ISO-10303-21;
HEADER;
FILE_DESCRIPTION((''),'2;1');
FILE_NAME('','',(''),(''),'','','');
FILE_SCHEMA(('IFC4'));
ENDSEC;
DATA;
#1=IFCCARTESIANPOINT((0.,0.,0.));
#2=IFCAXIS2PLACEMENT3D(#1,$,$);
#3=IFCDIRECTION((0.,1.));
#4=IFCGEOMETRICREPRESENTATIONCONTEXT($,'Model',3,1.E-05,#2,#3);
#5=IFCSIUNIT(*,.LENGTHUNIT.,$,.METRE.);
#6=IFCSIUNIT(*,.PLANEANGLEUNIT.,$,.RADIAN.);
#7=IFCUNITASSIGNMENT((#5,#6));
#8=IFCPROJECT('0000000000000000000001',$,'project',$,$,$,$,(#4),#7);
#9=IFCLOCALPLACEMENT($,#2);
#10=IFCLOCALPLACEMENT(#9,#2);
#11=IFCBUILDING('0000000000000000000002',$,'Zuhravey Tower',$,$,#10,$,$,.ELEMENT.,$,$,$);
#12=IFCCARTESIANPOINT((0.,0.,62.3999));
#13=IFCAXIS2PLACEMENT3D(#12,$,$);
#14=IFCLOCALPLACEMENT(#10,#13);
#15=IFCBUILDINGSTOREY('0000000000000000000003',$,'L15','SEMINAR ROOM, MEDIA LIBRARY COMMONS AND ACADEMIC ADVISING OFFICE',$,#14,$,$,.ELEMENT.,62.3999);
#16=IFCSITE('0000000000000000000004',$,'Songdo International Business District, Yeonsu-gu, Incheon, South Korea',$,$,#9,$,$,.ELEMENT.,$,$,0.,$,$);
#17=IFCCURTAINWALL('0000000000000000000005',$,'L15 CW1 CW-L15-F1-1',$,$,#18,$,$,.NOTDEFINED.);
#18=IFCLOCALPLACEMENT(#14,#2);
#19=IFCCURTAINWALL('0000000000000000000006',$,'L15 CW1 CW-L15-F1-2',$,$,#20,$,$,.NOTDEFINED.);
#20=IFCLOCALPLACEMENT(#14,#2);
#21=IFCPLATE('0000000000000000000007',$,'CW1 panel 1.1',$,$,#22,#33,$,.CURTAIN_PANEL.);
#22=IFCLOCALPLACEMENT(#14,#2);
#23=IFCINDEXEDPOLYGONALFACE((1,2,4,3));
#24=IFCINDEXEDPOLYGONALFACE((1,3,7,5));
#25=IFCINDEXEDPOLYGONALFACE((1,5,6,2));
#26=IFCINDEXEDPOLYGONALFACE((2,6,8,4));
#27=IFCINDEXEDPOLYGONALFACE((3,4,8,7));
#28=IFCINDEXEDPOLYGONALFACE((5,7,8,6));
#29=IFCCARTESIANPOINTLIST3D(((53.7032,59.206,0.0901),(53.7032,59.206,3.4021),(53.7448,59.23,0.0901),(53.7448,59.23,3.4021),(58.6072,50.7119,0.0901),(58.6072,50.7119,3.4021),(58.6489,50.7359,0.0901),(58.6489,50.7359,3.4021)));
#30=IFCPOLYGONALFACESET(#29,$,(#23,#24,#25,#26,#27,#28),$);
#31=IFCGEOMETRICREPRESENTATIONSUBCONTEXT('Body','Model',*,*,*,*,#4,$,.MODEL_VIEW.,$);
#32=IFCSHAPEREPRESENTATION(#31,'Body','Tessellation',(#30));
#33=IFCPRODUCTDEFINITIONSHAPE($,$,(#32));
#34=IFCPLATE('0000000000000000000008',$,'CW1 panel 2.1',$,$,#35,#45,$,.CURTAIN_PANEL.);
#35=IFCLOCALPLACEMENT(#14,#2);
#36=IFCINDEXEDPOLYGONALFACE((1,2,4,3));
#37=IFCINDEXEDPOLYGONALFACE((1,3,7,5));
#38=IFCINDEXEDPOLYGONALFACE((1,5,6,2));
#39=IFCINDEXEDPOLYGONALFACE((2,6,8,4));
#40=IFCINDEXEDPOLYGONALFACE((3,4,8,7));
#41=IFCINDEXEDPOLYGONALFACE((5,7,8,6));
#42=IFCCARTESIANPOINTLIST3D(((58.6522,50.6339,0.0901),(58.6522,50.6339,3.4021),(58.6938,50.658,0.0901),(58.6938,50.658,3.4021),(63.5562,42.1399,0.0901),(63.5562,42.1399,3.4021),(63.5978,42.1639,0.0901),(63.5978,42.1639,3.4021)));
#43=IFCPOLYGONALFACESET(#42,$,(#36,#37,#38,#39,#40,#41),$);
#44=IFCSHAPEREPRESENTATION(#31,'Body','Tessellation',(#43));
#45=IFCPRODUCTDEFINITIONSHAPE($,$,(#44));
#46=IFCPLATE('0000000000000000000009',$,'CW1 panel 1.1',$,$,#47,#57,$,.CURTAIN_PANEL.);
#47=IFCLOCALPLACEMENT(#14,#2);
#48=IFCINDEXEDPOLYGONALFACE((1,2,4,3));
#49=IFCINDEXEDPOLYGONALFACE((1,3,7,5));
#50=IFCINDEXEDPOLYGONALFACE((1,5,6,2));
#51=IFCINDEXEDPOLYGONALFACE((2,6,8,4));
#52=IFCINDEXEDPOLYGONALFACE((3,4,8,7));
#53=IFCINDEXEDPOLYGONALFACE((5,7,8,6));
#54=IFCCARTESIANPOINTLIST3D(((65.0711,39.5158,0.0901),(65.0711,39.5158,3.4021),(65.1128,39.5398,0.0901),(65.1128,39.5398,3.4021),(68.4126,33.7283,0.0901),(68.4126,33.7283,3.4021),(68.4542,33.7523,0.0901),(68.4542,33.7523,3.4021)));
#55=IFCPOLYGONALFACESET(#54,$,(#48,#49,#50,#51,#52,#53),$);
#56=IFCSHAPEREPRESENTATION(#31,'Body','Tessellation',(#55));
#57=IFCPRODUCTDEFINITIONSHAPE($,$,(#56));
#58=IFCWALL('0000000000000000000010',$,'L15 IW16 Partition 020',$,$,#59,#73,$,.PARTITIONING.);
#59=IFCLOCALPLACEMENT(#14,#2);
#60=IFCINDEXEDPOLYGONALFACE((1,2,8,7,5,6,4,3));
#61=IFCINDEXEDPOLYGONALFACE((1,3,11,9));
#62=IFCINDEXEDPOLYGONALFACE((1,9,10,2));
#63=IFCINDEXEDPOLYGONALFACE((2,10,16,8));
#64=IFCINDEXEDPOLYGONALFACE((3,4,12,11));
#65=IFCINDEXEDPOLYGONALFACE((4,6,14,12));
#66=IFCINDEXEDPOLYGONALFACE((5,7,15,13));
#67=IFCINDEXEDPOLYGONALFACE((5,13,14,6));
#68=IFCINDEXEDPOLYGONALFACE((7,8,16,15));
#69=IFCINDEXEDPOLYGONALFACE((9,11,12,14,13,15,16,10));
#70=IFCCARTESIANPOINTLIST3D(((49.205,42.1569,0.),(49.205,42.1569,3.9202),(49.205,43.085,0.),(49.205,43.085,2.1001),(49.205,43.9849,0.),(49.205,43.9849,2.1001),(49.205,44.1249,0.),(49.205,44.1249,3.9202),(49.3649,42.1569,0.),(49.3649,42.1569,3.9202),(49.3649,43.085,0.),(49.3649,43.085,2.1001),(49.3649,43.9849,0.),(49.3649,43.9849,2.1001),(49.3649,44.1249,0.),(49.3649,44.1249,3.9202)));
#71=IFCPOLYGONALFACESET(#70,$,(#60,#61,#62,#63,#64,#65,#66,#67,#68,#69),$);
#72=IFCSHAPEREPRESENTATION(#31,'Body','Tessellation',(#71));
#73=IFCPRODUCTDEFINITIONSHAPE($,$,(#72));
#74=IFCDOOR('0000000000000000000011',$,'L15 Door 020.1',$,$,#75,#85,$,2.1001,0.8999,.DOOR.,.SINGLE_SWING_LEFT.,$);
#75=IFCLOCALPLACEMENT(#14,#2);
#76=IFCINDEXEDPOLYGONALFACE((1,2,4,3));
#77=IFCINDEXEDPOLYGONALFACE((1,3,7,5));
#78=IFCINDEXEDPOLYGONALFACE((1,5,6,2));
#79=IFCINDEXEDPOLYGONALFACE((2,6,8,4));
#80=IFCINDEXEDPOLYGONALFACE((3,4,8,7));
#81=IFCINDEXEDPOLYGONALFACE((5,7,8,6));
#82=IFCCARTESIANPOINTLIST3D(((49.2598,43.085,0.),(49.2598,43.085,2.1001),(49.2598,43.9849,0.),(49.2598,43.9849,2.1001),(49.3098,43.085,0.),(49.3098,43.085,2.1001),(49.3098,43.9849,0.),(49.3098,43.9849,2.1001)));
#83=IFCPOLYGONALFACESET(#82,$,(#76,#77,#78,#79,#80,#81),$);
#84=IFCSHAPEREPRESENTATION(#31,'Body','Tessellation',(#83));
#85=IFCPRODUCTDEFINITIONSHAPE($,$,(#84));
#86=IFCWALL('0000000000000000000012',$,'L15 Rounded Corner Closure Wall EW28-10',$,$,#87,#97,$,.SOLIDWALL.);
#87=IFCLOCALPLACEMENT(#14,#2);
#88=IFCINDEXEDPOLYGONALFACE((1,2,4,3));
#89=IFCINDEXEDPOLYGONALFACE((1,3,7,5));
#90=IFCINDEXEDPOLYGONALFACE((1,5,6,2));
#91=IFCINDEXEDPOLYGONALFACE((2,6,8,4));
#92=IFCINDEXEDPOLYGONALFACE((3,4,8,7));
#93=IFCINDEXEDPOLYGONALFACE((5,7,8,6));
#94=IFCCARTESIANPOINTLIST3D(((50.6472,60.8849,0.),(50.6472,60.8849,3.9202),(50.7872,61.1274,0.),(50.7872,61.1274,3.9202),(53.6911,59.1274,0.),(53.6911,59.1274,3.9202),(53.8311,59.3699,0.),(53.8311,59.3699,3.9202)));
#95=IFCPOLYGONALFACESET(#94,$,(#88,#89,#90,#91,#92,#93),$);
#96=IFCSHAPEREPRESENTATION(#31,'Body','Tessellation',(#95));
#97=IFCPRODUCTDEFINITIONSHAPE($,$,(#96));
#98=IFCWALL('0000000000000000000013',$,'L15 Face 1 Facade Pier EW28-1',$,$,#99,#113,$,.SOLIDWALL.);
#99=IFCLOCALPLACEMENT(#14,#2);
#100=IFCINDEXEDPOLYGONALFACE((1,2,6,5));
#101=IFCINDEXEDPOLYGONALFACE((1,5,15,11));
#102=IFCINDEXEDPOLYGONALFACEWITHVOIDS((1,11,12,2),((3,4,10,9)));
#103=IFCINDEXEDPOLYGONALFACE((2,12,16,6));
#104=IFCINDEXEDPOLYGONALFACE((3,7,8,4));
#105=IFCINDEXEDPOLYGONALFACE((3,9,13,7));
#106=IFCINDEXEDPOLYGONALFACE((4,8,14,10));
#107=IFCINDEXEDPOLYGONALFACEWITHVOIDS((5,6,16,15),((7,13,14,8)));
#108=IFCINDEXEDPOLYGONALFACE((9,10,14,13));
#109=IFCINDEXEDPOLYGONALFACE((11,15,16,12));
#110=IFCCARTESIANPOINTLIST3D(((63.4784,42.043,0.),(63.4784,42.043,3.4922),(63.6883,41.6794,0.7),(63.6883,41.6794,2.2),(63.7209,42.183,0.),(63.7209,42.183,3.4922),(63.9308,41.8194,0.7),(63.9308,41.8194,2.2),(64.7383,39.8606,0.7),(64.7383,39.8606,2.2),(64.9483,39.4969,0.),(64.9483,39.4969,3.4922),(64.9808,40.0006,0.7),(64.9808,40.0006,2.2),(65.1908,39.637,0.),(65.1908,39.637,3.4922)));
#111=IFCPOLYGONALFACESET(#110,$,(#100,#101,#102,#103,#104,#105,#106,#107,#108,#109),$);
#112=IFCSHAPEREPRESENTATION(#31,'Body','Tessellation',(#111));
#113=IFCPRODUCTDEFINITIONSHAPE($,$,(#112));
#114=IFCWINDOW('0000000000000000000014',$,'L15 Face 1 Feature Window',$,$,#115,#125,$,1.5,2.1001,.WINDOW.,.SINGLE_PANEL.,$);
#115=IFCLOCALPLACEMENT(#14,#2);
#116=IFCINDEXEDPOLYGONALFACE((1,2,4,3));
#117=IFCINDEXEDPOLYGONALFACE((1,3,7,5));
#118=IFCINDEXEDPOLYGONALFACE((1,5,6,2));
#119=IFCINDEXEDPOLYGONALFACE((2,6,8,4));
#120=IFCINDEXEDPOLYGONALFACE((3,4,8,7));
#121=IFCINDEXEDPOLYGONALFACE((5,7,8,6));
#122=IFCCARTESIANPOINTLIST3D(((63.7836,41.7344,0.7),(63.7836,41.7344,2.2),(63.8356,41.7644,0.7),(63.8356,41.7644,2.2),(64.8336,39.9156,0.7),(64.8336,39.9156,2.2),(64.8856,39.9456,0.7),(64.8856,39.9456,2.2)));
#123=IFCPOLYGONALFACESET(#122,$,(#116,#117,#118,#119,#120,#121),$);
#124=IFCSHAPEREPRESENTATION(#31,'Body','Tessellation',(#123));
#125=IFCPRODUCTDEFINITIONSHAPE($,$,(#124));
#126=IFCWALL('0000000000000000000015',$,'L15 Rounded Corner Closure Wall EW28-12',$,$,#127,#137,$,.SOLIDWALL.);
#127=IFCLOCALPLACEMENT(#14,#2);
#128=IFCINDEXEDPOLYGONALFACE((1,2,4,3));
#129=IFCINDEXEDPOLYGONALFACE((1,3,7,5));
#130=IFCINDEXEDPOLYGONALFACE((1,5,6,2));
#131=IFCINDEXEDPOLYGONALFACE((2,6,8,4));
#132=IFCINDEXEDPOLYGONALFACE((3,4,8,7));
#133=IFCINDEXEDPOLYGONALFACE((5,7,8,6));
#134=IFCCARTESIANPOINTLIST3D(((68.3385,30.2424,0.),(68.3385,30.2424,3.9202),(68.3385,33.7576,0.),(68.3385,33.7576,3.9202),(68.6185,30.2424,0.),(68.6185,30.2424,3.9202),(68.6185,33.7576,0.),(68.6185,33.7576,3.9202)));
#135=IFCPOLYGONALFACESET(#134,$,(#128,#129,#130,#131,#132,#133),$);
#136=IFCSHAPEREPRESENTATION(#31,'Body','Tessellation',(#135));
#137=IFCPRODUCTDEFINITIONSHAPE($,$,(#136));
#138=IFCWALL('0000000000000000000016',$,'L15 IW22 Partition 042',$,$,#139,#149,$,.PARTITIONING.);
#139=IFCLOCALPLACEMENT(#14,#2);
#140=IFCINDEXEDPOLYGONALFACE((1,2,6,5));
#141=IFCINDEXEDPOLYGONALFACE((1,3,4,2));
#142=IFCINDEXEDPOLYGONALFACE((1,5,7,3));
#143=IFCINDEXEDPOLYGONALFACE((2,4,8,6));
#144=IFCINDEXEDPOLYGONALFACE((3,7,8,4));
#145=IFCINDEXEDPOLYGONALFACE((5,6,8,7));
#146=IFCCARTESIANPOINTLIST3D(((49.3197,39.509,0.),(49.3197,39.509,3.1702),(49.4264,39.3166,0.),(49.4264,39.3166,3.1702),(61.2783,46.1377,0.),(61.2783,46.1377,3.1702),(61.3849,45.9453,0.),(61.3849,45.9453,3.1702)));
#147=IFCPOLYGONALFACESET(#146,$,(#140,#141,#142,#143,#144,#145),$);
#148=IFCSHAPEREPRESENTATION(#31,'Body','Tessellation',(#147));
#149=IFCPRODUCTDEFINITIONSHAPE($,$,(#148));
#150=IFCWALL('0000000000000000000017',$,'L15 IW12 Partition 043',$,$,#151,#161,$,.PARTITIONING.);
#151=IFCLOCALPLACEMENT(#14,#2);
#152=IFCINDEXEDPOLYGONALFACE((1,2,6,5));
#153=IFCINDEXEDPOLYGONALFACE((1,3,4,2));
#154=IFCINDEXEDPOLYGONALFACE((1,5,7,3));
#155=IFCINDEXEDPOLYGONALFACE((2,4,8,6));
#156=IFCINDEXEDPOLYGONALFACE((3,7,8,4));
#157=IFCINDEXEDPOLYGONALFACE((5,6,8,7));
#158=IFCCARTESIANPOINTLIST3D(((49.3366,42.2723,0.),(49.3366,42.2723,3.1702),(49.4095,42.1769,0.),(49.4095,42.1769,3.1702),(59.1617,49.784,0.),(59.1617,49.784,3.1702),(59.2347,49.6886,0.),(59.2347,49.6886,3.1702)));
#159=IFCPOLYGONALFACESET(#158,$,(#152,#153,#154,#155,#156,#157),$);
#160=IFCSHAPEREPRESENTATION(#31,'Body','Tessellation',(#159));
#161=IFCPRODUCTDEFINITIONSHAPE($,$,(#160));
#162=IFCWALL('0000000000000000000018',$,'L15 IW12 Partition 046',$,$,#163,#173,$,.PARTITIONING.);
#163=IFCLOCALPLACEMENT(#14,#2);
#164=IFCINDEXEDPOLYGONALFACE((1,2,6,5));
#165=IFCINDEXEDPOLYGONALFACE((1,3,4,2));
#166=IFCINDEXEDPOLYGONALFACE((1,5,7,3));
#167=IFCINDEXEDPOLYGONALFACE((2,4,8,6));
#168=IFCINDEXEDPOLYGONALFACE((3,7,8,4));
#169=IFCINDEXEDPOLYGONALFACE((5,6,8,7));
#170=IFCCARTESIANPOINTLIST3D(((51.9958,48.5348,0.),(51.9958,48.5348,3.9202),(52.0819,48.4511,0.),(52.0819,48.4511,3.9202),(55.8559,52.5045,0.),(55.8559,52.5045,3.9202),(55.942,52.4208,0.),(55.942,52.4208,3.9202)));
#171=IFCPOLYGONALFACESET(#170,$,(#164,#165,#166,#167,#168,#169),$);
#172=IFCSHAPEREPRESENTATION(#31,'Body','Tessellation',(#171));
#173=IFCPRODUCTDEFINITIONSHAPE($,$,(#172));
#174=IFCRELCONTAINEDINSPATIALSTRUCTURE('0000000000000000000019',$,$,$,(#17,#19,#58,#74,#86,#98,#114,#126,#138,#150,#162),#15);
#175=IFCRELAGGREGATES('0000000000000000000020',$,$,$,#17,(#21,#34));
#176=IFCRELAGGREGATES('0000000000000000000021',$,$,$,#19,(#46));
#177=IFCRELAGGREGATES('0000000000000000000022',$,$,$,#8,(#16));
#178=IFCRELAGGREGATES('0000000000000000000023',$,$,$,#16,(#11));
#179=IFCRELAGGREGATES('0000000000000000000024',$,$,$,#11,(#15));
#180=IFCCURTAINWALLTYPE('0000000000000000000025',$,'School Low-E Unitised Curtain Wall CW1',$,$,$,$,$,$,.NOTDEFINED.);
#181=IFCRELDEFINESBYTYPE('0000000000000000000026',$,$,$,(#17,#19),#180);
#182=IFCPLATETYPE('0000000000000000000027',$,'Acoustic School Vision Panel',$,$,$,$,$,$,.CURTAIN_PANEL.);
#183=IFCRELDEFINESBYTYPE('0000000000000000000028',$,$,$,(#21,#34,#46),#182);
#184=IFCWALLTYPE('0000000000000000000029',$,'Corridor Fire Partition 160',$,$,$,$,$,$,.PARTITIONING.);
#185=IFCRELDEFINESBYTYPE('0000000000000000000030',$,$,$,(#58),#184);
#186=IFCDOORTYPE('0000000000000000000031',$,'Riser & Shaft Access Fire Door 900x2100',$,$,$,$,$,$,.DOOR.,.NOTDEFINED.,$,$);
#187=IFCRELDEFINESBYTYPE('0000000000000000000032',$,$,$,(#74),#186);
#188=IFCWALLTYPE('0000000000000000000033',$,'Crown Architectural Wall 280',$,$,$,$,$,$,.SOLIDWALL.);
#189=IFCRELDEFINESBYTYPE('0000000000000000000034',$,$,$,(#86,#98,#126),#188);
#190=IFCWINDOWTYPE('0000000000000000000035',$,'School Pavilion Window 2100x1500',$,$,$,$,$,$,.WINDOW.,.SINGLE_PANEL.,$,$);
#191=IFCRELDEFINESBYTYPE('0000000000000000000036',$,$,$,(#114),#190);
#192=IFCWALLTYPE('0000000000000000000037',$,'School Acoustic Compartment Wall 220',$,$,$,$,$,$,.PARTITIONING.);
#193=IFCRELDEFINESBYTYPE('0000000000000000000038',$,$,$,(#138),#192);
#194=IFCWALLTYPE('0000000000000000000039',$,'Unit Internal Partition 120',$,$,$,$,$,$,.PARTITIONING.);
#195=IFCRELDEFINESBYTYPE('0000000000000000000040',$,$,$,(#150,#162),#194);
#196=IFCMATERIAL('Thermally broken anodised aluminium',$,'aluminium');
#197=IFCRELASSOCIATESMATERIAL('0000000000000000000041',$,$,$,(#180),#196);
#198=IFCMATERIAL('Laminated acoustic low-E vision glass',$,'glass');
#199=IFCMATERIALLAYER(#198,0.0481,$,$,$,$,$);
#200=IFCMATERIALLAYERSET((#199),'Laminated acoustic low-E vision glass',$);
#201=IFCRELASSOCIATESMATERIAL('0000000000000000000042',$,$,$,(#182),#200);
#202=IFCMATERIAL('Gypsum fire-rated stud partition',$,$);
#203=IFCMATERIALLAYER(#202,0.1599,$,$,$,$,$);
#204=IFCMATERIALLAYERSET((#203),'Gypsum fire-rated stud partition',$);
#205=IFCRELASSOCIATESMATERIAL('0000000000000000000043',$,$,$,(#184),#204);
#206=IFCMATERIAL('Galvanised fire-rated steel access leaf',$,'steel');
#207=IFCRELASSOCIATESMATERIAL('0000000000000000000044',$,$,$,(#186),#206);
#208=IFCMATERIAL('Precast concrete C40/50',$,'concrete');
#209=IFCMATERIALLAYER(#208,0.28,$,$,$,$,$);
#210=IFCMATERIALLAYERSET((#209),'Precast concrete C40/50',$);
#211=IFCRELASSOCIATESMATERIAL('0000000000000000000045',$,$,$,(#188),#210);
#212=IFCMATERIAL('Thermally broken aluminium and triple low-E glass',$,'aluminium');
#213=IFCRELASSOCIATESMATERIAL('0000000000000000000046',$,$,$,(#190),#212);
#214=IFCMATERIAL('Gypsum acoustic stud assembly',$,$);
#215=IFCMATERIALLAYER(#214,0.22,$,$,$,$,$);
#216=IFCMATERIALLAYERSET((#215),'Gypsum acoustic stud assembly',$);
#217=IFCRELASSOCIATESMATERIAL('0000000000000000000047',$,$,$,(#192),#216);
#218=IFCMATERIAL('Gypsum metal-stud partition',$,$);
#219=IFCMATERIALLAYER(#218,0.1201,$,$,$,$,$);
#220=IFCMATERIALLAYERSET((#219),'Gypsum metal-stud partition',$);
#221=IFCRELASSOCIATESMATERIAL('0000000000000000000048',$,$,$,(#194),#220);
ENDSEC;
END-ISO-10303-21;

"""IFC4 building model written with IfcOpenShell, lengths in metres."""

from ifc_helpers import new_model, si_unit, direction, frame, frame_2d, origin, origin_2d, place, context, subcontext, project, spatial, rectangle, extrude, material, layer, layer_set, type_object, element, fill, aggregate, save


model = new_model("IFC4")

# Units and contexts
model_context = context("Model", 3, precision=1e-05, world=origin(), true_north=direction((0.0, 1.0)))
body_context = subcontext(model_context, "Body", "Model", "MODEL_VIEW")
ifc_project = project(units=[si_unit("LENGTHUNIT", "METRE"), si_unit("PLANEANGLEUNIT", "RADIAN")], contexts=[model_context])

# Site, building, storey
site_placement = place(None, origin())
site = spatial("IfcSite", under=ifc_project, at=site_placement, Name="Songdo International Business District, Yeonsu-gu, Incheon, South Korea", CompositionType="ELEMENT", RefElevation=0.0)
building_placement = place(site_placement, origin())
building = spatial("IfcBuilding", under=site, at=building_placement, Name="Zuhravey Tower", CompositionType="ELEMENT")
storey_placement = place(building_placement, frame((0.0, 0.0, 62.3999)))
storey = spatial("IfcBuildingStorey", under=building, at=storey_placement, Name="L15", Description="SEMINAR ROOM, MEDIA LIBRARY COMMONS AND ACADEMIC ADVISING OFFICE", CompositionType="ELEMENT", Elevation=62.3999)

# Shared definitions
ifc_material_1 = material(Name="Thermally broken anodised aluminium", Category="aluminium")
curtain_wall_type = type_object("IfcCurtainWallType", Name="School Low-E Unitised Curtain Wall CW1", PredefinedType="NOTDEFINED", material=ifc_material_1)

# Curtain walls
curtain_wall_1_placement = place(storey_placement, origin())
curtain_wall_1 = element("IfcCurtainWall", 1, at=curtain_wall_1_placement, inside=storey, type_object=curtain_wall_type, Name="L15 CW1 CW-L15-F1-1", PredefinedType="NOTDEFINED")
curtain_wall_2_placement = place(storey_placement, origin())
curtain_wall_2 = element("IfcCurtainWall", 2, at=curtain_wall_2_placement, inside=storey, type_object=curtain_wall_type, Name="L15 CW1 CW-L15-F1-2", PredefinedType="NOTDEFINED")

# Plates
ifc_material_2 = material(Name="Laminated acoustic low-E vision glass", Category="glass")
ifc_layer_1 = layer(ifc_material_2, 0.0481)
ifc_layer_set_1 = layer_set([ifc_layer_1], Name="Laminated acoustic low-E vision glass")
plate_type = type_object("IfcPlateType", Name="Acoustic School Vision Panel", PredefinedType="CURTAIN_PANEL", material=ifc_layer_set_1)
plate_1_placement = place(storey_placement, frame((56.176, 54.9709, 0.0901), z_axis=(0.0, 0.0, 1.0), x_axis=(0.499999, -0.866026, 0.0)))
plate_1 = element("IfcPlate", 3, at=plate_1_placement, type_object=plate_type, Name="CW1 panel 1.1", PredefinedType="CURTAIN_PANEL", context=body_context, shape_type="SweptSolid", body=[
    extrude(rectangle(XDim=9.8081, YDim=0.0481, at=origin_2d()), origin(), (0.0, 0.0, 1.0), 3.312),
])
plate_2_placement = place(storey_placement, frame((61.125, 46.3989, 0.0901), z_axis=(0.0, 0.0, 1.0), x_axis=(0.499999, -0.866026, 0.0)))
plate_2 = element("IfcPlate", 4, at=plate_2_placement, type_object=plate_type, Name="CW1 panel 2.1", PredefinedType="CURTAIN_PANEL", context=body_context, shape_type="SweptSolid", body=[
    extrude(rectangle(XDim=9.8081, YDim=0.0481, at=origin_2d()), origin(), (0.0, 0.0, 1.0), 3.312),
])
aggregate(curtain_wall_1, [plate_1, plate_2])
plate_3_placement = place(storey_placement, frame((66.7627, 36.634, 0.0901), z_axis=(0.0, 0.0, 1.0), x_axis=(0.500004, -0.866023, 0.0)))
plate_3 = element("IfcPlate", 5, at=plate_3_placement, type_object=plate_type, Name="CW1 panel 1.1", PredefinedType="CURTAIN_PANEL", context=body_context, shape_type="SweptSolid", body=[
    extrude(rectangle(XDim=6.6829, YDim=0.0481, at=origin_2d()), origin(), (0.0, 0.0, 1.0), 3.312),
])
aggregate(curtain_wall_2, [plate_3])

# Wall, opening, door
ifc_material_3 = material(Name="Gypsum fire-rated stud partition")
ifc_layer_2 = layer(ifc_material_3, 0.1599)
ifc_layer_set_2 = layer_set([ifc_layer_2], Name="Gypsum fire-rated stud partition")
wall_type_1 = type_object("IfcWallType", Name="Corridor Fire Partition 160", PredefinedType="PARTITIONING", material=ifc_layer_set_2)
wall_1_placement = place(storey_placement, frame((49.2849, 42.157, 0.0), z_axis=(0.0, 0.0, 1.0), x_axis=(0.0, 1.0, 0.0)))
wall_1 = element("IfcWall", 6, at=wall_1_placement, inside=storey, type_object=wall_type_1, Name="L15 IW16 Partition 020", PredefinedType="PARTITIONING", context=body_context, shape_type="SweptSolid", body=[
    extrude(rectangle(XDim=1.968, YDim=0.1599, at=frame_2d((0.9839, 0.0))), origin(), (0.0, 0.0, 1.0), 3.9202),
])
opening_1_placement = place(wall_1_placement, frame((0.928, 0.0, 0.0)))
opening_1 = element("IfcOpeningElement", 7, at=opening_1_placement, cuts=wall_1, PredefinedType="OPENING", context=body_context, shape_type="SweptSolid", body=[
    extrude(rectangle(XDim=0.8999, YDim=2.1001, at=frame_2d((0.45, 1.05))), frame((0.0, 0.092, 0.0), z_axis=(0.0, -1.0, 0.0), x_axis=(1.0, 0.0, 0.0)), (0.0, 0.0, 1.0), 0.1838),
])
ifc_material_4 = material(Name="Galvanised fire-rated steel access leaf", Category="steel")
door_type = type_object("IfcDoorType", Name="Riser & Shaft Access Fire Door 900x2100", OperationType="NOTDEFINED", PredefinedType="DOOR", material=ifc_material_4)
door_placement = place(opening_1_placement, frame((0.8999, 0.0, 0.0), z_axis=(0.0, 0.0, 1.0), x_axis=(-1.0, 0.0, 0.0)))
door = element("IfcDoor", 8, at=door_placement, inside=storey, type_object=door_type, Name="L15 Door 020.1", OperationType="SINGLE_SWING_LEFT", OverallHeight=2.1001, OverallWidth=0.8999, PredefinedType="DOOR", context=body_context, shape_type="SweptSolid", body=[
    extrude(rectangle(XDim=0.8999, YDim=2.1001, at=frame_2d((0.45, 1.05))), frame((0.0, 0.0249, 0.0), z_axis=(0.0, -1.0, 0.0), x_axis=(1.0, 0.0, 0.0)), (0.0, 0.0, 1.0), 0.05),
])
fill(opening_1, door)

# Wall
ifc_material_5 = material(Name="Precast concrete C40/50", Category="concrete")
ifc_layer_3 = layer(ifc_material_5, 0.28)
ifc_layer_set_3 = layer_set([ifc_layer_3], Name="Precast concrete C40/50")
wall_type_2 = type_object("IfcWallType", Name="Crown Architectural Wall 280", PredefinedType="SOLIDWALL", material=ifc_layer_set_3)
wall_2_placement = place(storey_placement, frame((50.7173, 61.0061, 0.0), z_axis=(0.0, 0.0, 1.0), x_axis=(0.866007, -0.500031, 0.0)))
element("IfcWall", 9, at=wall_2_placement, inside=storey, type_object=wall_type_2, Name="L15 Rounded Corner Closure Wall EW28-10", PredefinedType="SOLIDWALL", context=body_context, shape_type="SweptSolid", body=[
    extrude(rectangle(XDim=3.5149, YDim=0.28, at=frame_2d((1.7573, 0.0))), origin(), (0.0, 0.0, 1.0), 3.9202),
])

# Wall, opening, window
wall_3_placement = place(storey_placement, frame((63.5996, 42.113, 0.0), z_axis=(0.0, 0.0, 1.0), x_axis=(0.499988, -0.866032, 0.0)))
wall_3 = element("IfcWall", 10, at=wall_3_placement, inside=storey, type_object=wall_type_2, Name="L15 Face 1 Facade Pier EW28-1", PredefinedType="SOLIDWALL", context=body_context, shape_type="SweptSolid", body=[
    extrude(rectangle(XDim=2.9399, YDim=0.28, at=frame_2d((1.47, 0.0))), origin(), (0.0, 0.0, 1.0), 3.4922),
])
opening_2_placement = place(wall_3_placement, frame((0.4199, 0.0, 0.7)))
opening_2 = element("IfcOpeningElement", 11, at=opening_2_placement, cuts=wall_3, PredefinedType="OPENING", context=body_context, shape_type="SweptSolid", body=[
    extrude(rectangle(XDim=2.1001, YDim=1.5, at=frame_2d((1.05, 0.75))), frame((0.0, 0.1521, 0.0), z_axis=(0.0, -1.0, 0.0), x_axis=(1.0, 0.0, 0.0)), (0.0, 0.0, 1.0), 0.304),
])
ifc_material_6 = material(Name="Thermally broken aluminium and triple low-E glass", Category="aluminium")
window_type = type_object("IfcWindowType", Name="School Pavilion Window 2100x1500", PartitioningType="SINGLE_PANEL", PredefinedType="WINDOW", material=ifc_material_6)
window_placement = place(opening_2_placement, origin())
window = element("IfcWindow", 12, at=window_placement, inside=storey, type_object=window_type, Name="L15 Face 1 Feature Window", OverallHeight=1.5, OverallWidth=2.1001, PartitioningType="SINGLE_PANEL", PredefinedType="WINDOW", context=body_context, shape_type="SweptSolid", body=[
    extrude(rectangle(XDim=2.1001, YDim=1.5, at=frame_2d((1.05, 0.75))), frame((0.0, 0.03, 0.0), z_axis=(0.0, -1.0, 0.0), x_axis=(1.0, 0.0, 0.0)), (0.0, 0.0, 1.0), 0.0601),
])
fill(opening_2, window)

# Walls
wall_4_placement = place(storey_placement, frame((68.4785, 33.7576, 0.0), z_axis=(0.0, 0.0, 1.0), x_axis=(0.0, -1.0, 0.0)))
element("IfcWall", 13, at=wall_4_placement, inside=storey, type_object=wall_type_2, Name="L15 Rounded Corner Closure Wall EW28-12", PredefinedType="SOLIDWALL", context=body_context, shape_type="SweptSolid", body=[
    extrude(rectangle(XDim=3.5151, YDim=0.28, at=frame_2d((1.7576, 0.0))), origin(), (0.0, 0.0, 1.0), 3.9202),
])
ifc_material_7 = material(Name="Gypsum acoustic stud assembly")
ifc_layer_4 = layer(ifc_material_7, 0.22)
ifc_layer_set_4 = layer_set([ifc_layer_4], Name="Gypsum acoustic stud assembly")
wall_type_3 = type_object("IfcWallType", Name="School Acoustic Compartment Wall 220", PredefinedType="PARTITIONING", material=ifc_layer_set_4)
wall_5_placement = place(storey_placement, frame((49.373, 39.4128, 0.0), z_axis=(0.0, 0.0, 1.0), x_axis=(0.874621, 0.484807, 0.0)))
element("IfcWall", 14, at=wall_5_placement, inside=storey, type_object=wall_type_3, Name="L15 IW22 Partition 042", PredefinedType="PARTITIONING", context=body_context, shape_type="SweptSolid", body=[
    extrude(rectangle(XDim=13.6729, YDim=0.22, at=frame_2d((6.8364, 0.0))), origin(), (0.0, 0.0, 1.0), 3.1702),
])
ifc_material_8 = material(Name="Gypsum metal-stud partition")
ifc_layer_5 = layer(ifc_material_8, 0.1201)
ifc_layer_set_5 = layer_set([ifc_layer_5], Name="Gypsum metal-stud partition")
wall_type_4 = type_object("IfcWallType", Name="Unit Internal Partition 120", PredefinedType="PARTITIONING", material=ifc_layer_set_5)
wall_6_placement = place(storey_placement, frame((49.373, 42.2246, 0.0), z_axis=(0.0, 0.0, 1.0), x_axis=(0.794423, 0.607365, 0.0)))
element("IfcWall", 15, at=wall_6_placement, inside=storey, type_object=wall_type_4, Name="L15 IW12 Partition 043", PredefinedType="PARTITIONING", context=body_context, shape_type="SweptSolid", body=[
    extrude(rectangle(XDim=12.3677, YDim=0.1201, at=frame_2d((6.1838, 0.0))), origin(), (0.0, 0.0, 1.0), 3.1702),
])
wall_7_placement = place(storey_placement, frame((52.0388, 48.4929, 0.0), z_axis=(0.0, 0.0, 1.0), x_axis=(0.697139, 0.716936, 0.0)))
element("IfcWall", 16, at=wall_7_placement, inside=storey, type_object=wall_type_4, Name="L15 IW12 Partition 046", PredefinedType="PARTITIONING", context=body_context, shape_type="SweptSolid", body=[
    extrude(rectangle(XDim=5.5371, YDim=0.1201, at=frame_2d((2.7686, 0.0))), origin(), (0.0, 0.0, 1.0), 3.9202),
])

save(model, "model.ifc")
